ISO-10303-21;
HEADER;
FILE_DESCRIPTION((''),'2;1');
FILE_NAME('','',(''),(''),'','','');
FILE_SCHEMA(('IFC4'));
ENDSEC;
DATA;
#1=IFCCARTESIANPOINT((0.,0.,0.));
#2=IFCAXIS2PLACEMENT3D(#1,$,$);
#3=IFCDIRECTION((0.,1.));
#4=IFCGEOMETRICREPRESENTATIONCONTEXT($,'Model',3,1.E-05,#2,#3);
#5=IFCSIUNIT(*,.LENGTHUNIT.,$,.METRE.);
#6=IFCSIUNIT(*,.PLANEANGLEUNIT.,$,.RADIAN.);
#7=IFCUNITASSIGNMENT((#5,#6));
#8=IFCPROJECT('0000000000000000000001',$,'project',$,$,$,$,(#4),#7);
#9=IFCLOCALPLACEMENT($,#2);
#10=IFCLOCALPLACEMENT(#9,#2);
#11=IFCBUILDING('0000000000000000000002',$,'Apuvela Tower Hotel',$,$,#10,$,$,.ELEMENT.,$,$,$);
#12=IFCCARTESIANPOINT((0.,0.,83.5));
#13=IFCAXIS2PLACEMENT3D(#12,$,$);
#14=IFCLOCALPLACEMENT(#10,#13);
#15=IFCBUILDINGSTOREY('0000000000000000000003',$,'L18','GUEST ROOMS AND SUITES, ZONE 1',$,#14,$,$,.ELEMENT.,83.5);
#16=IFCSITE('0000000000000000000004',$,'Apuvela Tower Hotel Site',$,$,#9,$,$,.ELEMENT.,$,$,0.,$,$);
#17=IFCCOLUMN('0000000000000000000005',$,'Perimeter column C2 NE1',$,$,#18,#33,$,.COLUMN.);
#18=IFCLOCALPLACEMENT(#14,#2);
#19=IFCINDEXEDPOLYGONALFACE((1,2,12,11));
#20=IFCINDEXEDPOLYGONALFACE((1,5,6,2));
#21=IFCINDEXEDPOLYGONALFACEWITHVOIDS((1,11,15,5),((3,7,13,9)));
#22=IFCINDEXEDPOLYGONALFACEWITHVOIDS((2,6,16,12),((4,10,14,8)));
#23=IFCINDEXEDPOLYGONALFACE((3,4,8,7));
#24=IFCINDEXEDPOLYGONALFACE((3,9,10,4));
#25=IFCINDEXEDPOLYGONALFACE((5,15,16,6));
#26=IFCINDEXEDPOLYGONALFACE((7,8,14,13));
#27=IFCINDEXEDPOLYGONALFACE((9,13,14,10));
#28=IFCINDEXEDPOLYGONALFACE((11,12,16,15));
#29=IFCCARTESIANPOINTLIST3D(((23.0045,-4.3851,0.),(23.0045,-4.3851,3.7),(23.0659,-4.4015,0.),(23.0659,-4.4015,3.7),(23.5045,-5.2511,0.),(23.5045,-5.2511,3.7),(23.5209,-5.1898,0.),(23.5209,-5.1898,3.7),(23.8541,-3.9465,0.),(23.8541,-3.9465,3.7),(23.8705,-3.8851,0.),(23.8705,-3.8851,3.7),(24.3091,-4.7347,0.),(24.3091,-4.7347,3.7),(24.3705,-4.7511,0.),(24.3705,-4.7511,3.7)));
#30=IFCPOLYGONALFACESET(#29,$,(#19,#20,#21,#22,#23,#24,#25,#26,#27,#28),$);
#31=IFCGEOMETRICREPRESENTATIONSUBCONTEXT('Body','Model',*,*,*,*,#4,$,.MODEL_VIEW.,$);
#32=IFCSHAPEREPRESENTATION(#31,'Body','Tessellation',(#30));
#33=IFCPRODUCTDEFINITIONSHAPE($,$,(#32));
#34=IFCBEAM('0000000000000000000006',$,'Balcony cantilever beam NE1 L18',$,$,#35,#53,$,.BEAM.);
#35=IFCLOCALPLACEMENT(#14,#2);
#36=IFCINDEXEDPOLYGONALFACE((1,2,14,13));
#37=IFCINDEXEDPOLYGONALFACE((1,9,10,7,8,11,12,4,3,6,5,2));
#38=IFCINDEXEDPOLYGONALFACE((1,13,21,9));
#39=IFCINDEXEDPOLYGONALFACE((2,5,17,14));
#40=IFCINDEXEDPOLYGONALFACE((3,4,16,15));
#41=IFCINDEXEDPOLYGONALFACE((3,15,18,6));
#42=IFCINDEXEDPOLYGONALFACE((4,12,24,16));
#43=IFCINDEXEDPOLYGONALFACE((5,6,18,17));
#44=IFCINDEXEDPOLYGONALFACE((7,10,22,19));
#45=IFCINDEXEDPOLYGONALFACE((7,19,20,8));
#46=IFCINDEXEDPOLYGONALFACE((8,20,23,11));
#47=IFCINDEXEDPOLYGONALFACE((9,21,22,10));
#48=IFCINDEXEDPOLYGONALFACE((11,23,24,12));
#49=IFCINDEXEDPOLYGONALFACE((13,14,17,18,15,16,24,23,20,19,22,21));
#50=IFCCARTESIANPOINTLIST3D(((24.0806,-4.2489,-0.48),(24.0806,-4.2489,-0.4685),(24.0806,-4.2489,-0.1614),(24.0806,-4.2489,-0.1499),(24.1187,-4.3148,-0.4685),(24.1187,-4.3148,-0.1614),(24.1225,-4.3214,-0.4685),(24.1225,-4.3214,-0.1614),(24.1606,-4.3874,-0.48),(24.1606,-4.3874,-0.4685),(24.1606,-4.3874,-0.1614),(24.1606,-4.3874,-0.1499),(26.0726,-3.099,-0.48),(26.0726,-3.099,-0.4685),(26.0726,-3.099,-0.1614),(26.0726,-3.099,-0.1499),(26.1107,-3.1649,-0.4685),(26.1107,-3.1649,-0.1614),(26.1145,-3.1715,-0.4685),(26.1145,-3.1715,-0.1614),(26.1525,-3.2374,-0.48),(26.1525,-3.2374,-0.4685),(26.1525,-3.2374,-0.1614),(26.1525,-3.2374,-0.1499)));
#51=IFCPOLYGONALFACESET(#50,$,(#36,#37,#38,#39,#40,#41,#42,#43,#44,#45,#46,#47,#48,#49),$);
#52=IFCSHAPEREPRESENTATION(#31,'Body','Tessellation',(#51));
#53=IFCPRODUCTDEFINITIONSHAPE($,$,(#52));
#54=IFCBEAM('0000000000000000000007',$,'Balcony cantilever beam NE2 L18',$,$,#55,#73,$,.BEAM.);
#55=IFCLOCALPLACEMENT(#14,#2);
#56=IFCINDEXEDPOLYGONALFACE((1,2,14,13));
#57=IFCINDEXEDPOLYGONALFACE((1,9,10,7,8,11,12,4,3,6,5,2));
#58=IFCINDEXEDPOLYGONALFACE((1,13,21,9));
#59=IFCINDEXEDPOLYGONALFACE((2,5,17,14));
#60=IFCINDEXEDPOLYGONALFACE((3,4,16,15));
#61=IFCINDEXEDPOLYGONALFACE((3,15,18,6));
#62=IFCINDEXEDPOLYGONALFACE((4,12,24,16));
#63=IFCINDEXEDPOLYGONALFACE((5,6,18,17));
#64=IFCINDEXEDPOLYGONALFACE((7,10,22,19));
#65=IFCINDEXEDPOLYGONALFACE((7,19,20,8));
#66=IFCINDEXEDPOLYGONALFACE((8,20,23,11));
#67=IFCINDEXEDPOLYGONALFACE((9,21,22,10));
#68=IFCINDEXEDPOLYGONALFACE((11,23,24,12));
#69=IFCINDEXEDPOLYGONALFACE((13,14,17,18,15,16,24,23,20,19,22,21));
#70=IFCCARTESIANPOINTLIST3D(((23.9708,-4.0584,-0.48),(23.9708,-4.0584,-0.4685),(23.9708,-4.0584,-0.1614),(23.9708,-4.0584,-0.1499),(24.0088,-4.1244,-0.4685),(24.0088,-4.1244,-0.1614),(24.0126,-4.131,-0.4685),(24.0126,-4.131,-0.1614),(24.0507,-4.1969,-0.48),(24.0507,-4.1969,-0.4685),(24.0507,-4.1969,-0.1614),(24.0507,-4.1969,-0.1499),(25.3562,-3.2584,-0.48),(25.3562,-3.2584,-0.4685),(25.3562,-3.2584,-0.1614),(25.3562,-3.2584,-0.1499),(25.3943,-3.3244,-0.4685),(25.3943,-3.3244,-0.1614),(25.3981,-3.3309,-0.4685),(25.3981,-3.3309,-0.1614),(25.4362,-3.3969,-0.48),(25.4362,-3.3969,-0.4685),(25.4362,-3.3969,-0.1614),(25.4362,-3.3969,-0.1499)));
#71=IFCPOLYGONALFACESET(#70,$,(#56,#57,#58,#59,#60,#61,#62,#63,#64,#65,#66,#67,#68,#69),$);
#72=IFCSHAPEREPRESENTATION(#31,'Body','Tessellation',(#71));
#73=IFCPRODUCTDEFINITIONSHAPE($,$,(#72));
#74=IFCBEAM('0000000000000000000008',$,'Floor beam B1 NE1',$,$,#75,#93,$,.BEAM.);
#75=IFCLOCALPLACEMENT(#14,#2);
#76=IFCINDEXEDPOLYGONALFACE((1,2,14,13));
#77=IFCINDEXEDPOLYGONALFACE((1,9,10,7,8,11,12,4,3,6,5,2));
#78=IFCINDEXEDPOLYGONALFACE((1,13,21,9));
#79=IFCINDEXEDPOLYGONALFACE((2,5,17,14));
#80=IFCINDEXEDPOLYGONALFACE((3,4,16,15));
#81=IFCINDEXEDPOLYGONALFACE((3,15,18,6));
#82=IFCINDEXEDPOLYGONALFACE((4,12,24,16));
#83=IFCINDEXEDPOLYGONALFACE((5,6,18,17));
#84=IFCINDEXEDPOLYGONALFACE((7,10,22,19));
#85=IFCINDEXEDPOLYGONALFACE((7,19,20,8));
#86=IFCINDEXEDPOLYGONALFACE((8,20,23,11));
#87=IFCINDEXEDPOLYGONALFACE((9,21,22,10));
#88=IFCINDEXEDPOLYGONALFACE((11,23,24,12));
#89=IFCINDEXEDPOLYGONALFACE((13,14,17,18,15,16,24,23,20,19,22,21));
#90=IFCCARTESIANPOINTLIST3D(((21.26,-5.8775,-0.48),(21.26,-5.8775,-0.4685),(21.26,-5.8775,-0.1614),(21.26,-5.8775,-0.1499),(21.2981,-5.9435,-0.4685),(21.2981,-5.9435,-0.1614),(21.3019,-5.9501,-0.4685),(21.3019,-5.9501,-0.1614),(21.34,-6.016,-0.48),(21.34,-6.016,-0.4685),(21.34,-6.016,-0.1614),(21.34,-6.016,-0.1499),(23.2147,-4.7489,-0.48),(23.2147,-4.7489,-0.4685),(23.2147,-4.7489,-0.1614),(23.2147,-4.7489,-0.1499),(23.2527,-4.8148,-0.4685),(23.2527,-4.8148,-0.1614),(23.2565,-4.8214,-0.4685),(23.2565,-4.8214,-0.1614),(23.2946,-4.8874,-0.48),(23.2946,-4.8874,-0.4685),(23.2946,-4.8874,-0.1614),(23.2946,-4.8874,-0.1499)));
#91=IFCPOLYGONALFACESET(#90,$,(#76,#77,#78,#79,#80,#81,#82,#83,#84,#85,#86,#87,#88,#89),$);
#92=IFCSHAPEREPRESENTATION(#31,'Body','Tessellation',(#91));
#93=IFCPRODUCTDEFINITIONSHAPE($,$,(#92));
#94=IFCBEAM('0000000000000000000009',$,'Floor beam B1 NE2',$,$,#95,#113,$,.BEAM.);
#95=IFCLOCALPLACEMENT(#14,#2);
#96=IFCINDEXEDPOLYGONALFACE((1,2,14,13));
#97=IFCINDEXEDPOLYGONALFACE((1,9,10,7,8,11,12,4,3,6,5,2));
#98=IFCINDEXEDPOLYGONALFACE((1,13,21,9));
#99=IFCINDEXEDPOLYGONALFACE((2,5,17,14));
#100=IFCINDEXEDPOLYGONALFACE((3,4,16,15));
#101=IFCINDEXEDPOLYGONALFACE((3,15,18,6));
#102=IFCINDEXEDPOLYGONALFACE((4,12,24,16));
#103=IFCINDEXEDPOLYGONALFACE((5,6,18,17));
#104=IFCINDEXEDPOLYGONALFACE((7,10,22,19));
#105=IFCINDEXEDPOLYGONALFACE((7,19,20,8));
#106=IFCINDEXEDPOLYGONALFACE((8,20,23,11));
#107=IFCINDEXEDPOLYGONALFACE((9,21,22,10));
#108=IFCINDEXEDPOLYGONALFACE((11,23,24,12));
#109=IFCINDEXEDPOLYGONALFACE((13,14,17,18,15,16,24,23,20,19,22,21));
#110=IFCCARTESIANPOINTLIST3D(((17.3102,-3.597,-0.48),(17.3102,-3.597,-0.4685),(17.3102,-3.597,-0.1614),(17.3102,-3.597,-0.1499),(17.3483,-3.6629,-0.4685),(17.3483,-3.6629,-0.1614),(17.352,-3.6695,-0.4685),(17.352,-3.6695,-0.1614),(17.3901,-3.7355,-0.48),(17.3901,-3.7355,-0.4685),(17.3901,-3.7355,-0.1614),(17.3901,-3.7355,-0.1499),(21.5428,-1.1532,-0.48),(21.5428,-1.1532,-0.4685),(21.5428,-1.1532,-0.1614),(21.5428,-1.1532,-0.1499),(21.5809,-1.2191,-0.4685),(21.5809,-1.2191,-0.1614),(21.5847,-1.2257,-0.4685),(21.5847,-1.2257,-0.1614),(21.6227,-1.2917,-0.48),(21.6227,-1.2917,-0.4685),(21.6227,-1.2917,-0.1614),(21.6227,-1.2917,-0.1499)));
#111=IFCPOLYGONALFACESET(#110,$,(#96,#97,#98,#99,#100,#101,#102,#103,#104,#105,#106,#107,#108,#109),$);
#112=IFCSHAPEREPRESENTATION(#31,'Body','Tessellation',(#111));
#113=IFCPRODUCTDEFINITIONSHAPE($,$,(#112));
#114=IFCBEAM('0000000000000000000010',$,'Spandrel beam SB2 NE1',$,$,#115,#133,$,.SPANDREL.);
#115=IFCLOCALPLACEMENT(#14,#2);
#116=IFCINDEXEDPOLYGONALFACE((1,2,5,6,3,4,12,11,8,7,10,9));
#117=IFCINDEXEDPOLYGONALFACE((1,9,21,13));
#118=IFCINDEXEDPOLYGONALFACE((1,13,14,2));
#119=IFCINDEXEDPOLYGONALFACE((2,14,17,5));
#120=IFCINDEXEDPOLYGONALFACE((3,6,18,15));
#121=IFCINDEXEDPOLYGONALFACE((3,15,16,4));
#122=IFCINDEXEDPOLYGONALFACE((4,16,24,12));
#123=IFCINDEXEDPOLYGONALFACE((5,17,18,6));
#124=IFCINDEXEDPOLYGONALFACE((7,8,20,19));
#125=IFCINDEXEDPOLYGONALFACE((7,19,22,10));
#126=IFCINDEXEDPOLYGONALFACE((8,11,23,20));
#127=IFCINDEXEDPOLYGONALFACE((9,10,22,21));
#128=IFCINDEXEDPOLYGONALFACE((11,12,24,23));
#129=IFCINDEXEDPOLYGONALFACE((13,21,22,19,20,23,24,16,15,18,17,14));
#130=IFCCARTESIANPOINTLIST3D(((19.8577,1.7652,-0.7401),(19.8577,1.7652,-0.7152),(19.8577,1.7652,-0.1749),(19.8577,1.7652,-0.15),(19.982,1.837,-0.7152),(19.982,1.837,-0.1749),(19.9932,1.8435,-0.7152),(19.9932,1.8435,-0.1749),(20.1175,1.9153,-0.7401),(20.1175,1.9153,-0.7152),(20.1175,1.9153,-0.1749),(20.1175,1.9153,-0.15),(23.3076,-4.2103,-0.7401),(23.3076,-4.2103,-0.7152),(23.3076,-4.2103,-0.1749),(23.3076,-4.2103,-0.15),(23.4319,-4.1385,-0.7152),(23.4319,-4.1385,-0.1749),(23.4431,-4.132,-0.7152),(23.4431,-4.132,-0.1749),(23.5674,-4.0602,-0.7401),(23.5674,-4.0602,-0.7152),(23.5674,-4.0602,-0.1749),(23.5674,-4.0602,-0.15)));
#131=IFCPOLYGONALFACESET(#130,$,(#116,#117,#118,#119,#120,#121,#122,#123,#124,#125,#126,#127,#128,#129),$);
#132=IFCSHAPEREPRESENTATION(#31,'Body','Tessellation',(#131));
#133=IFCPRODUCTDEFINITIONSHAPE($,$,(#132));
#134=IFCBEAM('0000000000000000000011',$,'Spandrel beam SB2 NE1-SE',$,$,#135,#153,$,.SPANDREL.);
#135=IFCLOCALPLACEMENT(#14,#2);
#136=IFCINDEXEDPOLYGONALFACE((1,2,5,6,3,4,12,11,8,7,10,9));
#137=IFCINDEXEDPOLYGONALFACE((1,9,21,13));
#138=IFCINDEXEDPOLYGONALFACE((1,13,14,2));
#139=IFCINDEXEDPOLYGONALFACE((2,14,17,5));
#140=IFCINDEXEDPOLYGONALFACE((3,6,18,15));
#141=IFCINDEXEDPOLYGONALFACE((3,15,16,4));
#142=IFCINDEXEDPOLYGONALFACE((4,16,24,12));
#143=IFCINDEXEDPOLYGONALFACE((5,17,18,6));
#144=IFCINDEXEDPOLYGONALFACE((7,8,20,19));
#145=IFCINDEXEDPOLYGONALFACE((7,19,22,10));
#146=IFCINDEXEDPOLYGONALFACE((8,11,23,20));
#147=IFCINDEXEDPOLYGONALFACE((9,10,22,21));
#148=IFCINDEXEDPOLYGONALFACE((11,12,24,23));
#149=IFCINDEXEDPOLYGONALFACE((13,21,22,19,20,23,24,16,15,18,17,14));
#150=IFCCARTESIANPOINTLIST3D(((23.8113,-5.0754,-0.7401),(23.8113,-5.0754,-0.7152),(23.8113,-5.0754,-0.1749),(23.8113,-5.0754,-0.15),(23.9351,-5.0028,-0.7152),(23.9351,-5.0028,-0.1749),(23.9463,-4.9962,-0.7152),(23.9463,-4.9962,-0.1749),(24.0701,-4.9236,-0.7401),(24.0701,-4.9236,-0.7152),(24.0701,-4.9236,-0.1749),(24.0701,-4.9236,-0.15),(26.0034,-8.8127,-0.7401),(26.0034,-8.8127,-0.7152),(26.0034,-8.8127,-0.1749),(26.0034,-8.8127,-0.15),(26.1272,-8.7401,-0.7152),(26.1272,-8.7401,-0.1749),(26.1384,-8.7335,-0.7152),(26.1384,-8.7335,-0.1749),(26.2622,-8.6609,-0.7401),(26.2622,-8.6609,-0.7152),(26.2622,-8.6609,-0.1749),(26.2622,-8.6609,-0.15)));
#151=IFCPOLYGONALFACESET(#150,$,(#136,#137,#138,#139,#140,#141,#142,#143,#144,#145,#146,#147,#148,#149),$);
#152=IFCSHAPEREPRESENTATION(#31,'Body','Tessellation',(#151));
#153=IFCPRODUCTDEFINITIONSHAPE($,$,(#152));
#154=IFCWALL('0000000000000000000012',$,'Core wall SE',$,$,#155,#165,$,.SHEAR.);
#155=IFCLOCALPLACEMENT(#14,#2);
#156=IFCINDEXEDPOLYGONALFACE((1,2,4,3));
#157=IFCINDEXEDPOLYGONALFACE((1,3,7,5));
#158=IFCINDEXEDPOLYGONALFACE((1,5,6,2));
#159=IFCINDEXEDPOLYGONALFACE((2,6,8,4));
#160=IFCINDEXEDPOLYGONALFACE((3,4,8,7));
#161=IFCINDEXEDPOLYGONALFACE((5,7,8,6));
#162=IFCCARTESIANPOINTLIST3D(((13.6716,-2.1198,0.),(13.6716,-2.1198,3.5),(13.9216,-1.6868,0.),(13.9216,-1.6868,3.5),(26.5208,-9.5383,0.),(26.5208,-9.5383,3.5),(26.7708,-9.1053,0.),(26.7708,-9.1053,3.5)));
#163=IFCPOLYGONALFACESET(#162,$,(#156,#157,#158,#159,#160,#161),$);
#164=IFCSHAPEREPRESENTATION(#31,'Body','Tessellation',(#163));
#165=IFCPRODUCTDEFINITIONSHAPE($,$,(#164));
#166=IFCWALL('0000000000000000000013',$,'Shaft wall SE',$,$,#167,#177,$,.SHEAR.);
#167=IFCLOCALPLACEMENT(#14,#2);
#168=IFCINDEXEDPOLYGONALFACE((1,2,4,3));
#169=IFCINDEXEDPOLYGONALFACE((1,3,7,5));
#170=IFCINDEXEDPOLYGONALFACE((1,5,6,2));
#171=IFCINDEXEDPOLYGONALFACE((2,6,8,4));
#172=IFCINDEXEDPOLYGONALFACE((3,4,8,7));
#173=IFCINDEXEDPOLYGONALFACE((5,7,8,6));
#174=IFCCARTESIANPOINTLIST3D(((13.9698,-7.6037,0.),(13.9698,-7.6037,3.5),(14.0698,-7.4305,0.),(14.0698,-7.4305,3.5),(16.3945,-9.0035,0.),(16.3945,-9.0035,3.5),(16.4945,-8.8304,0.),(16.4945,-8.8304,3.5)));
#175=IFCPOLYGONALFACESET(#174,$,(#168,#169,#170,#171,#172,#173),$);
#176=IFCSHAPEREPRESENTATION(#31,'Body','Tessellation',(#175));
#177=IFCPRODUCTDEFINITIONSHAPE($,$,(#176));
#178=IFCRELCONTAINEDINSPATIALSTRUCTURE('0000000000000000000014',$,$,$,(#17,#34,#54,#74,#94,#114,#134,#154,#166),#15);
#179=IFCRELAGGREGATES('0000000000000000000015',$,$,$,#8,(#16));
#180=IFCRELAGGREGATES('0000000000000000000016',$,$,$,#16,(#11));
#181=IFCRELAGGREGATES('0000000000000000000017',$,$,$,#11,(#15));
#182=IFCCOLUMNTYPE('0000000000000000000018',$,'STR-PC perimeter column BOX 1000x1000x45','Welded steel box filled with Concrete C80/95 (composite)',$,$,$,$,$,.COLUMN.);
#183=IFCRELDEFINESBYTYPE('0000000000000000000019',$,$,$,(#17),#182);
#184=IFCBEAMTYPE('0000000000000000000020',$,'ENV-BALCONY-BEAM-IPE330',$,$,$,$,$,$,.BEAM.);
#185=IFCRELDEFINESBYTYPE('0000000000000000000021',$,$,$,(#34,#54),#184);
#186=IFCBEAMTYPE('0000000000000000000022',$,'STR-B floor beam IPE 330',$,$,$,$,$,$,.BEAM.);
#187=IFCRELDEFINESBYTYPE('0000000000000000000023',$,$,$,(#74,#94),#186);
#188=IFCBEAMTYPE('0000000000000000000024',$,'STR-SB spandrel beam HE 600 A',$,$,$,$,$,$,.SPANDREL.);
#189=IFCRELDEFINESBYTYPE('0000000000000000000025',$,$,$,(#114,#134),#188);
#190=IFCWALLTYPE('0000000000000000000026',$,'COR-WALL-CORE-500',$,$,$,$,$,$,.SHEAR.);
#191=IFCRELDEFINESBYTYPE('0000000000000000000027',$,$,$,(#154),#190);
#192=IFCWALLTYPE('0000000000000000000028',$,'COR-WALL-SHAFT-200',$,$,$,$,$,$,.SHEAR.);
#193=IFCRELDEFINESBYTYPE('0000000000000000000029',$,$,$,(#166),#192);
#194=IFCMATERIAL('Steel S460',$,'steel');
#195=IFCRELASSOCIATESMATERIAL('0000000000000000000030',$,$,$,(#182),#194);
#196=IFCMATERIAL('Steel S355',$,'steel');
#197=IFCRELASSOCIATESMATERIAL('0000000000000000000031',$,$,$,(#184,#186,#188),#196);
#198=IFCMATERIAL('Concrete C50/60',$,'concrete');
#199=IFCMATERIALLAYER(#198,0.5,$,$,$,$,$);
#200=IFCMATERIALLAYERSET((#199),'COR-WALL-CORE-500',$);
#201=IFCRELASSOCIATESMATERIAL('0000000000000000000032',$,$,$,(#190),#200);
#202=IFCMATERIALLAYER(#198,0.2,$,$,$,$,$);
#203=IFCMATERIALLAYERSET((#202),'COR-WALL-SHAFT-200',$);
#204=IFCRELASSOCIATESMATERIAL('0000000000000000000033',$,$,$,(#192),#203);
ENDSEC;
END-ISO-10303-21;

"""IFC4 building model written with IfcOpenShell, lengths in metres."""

from ifc_helpers import new_model, si_unit, direction, frame, frame_2d, origin, origin_2d, place, context, subcontext, project, spatial, rectangle, hollow_rectangle, i_section, extrude, material, layer, layer_set, material_profile, profile_set, type_object, element, save


model = new_model("IFC4")

# Units and contexts
model_context = context("Model", 3, precision=1e-05, world=origin(), true_north=direction((0.0, 1.0)))
body_context = subcontext(model_context, "Body", "Model", "MODEL_VIEW")
ifc_project = project(units=[si_unit("LENGTHUNIT", "METRE"), si_unit("PLANEANGLEUNIT", "RADIAN")], contexts=[model_context])

# Site, building, storey
site_placement = place(None, origin())
site = spatial("IfcSite", under=ifc_project, at=site_placement, Name="Apuvela Tower Hotel Site", CompositionType="ELEMENT", RefElevation=0.0)
building_placement = place(site_placement, origin())
building = spatial("IfcBuilding", under=site, at=building_placement, Name="Apuvela Tower Hotel", CompositionType="ELEMENT")
storey_placement = place(building_placement, frame((0.0, 0.0, 83.5)))
storey = spatial("IfcBuildingStorey", under=building, at=storey_placement, Name="L18", Description="GUEST ROOMS AND SUITES, ZONE 1", CompositionType="ELEMENT", Elevation=83.5)

# Column
ifc_material_1 = material(Name="Steel S460", Category="steel")
ifc_material_profile_1 = material_profile(ifc_material_1, hollow_rectangle(XDim=1.0, YDim=1.0, WallThickness=0.0449, at=origin_2d()), Name="BOX 1000x1000x45")
ifc_material_2 = material(Name="Concrete C80/95", Category="concrete")
ifc_material_profile_2 = material_profile(ifc_material_2, rectangle(XDim=0.9099, YDim=0.9099, at=origin_2d()), Name="Concrete C80/95 infill")
ifc_profile_set_1 = profile_set([ifc_material_profile_1, ifc_material_profile_2], Name="Steel S460")
column_type = type_object("IfcColumnType", Name="STR-PC perimeter column BOX 1000x1000x45", Description="Welded steel box filled with Concrete C80/95 (composite)", PredefinedType="COLUMN", material=ifc_profile_set_1)
column_placement = place(storey_placement, frame((23.6875, -4.5681, 0.0), z_axis=(0.0, 0.0, 1.0), x_axis=(-0.5, 0.866025, 0.0)))
element("IfcColumn", 1, at=column_placement, inside=storey, type_object=column_type, Name="Perimeter column C2 NE1", PredefinedType="COLUMN", context=body_context, shape_type="SweptSolid", body=[
    extrude(hollow_rectangle(XDim=1.0, YDim=1.0, WallThickness=0.0449, at=origin_2d()), origin(), (0.0, 0.0, 1.0), 3.7),
])

# Beams
ifc_material_3 = material(Name="Steel S355", Category="steel")
ifc_material_profile_3 = material_profile(ifc_material_3, i_section(OverallWidth=0.1599, OverallDepth=0.3301, WebThickness=0.0076, FlangeThickness=0.0115, at=origin_2d()), Name="IPE 330")
ifc_profile_set_2 = profile_set([ifc_material_profile_3], Name="Steel S355")
beam_type_1 = type_object("IfcBeamType", Name="ENV-BALCONY-BEAM-IPE330", PredefinedType="BEAM", material=ifc_profile_set_2)
beam_1_placement = place(storey_placement, frame((24.1206, -4.3181, -0.3149), z_axis=(0.866053, 0.499952, 0.0), x_axis=(-0.499952, 0.866053, 0.0)))
element("IfcBeam", 2, at=beam_1_placement, inside=storey, type_object=beam_type_1, Name="Balcony cantilever beam NE1 L18", PredefinedType="BEAM", context=body_context, shape_type="SweptSolid", body=[
    extrude(i_section(OverallWidth=0.1599, OverallDepth=0.3301, WebThickness=0.0076, FlangeThickness=0.0115, at=origin_2d()), origin(), (0.0, 0.0, 1.0), 2.3),
])
beam_2_placement = place(storey_placement, frame((24.0107, -4.1277, -0.3149), z_axis=(0.86599, 0.500061, 0.0), x_axis=(-0.500061, 0.86599, 0.0)))
element("IfcBeam", 3, at=beam_2_placement, inside=storey, type_object=beam_type_1, Name="Balcony cantilever beam NE2 L18", PredefinedType="BEAM", context=body_context, shape_type="SweptSolid", body=[
    extrude(i_section(OverallWidth=0.1599, OverallDepth=0.3301, WebThickness=0.0076, FlangeThickness=0.0115, at=origin_2d()), origin(), (0.0, 0.0, 1.0), 1.5999),
])
ifc_material_profile_4 = material_profile(ifc_material_3, i_section(OverallWidth=0.1599, OverallDepth=0.3301, WebThickness=0.0076, FlangeThickness=0.0115, at=origin_2d()), Name="IPE 330")
ifc_profile_set_3 = profile_set([ifc_material_profile_4], Name="Steel S355")
beam_type_2 = type_object("IfcBeamType", Name="STR-B floor beam IPE 330", PredefinedType="BEAM", material=ifc_profile_set_3)
beam_3_placement = place(storey_placement, frame((23.2546, -4.8181, -0.3149), z_axis=(-0.865991, -0.50006, 0.0), x_axis=(0.50006, -0.865991, 0.0)))
element("IfcBeam", 4, at=beam_3_placement, inside=storey, type_object=beam_type_2, Name="Floor beam B1 NE1", PredefinedType="BEAM", context=body_context, shape_type="SweptSolid", body=[
    extrude(i_section(OverallWidth=0.1599, OverallDepth=0.3301, WebThickness=0.0076, FlangeThickness=0.0115, at=origin_2d()), origin(), (0.0, 0.0, 1.0), 2.2571),
])
beam_4_placement = place(storey_placement, frame((21.5828, -1.2224, -0.3149), z_axis=(-0.866015, -0.500018, 0.0), x_axis=(0.500018, -0.866015, 0.0)))
element("IfcBeam", 5, at=beam_4_placement, inside=storey, type_object=beam_type_2, Name="Floor beam B1 NE2", PredefinedType="BEAM", context=body_context, shape_type="SweptSolid", body=[
    extrude(i_section(OverallWidth=0.1599, OverallDepth=0.3301, WebThickness=0.0076, FlangeThickness=0.0115, at=origin_2d()), origin(), (0.0, 0.0, 1.0), 4.8875),
])
ifc_material_profile_5 = material_profile(ifc_material_3, i_section(OverallWidth=0.3, OverallDepth=0.5901, WebThickness=0.0129, FlangeThickness=0.0249, at=origin_2d()), Name="HE 600 A")
ifc_profile_set_4 = profile_set([ifc_material_profile_5], Name="Steel S355")
beam_type_3 = type_object("IfcBeamType", Name="STR-SB spandrel beam HE 600 A", PredefinedType="SPANDREL", material=ifc_profile_set_4)
beam_5_placement = place(storey_placement, frame((23.4375, -4.1353, -0.4451), z_axis=(-0.499994, 0.866029, 0.0), x_axis=(-0.866029, -0.499994, 0.0)))
element("IfcBeam", 6, at=beam_5_placement, inside=storey, type_object=beam_type_3, Name="Spandrel beam SB2 NE1", PredefinedType="SPANDREL", context=body_context, shape_type="SweptSolid", body=[
    extrude(i_section(OverallWidth=0.3, OverallDepth=0.5901, WebThickness=0.0129, FlangeThickness=0.0249, at=origin_2d()), origin(), (0.0, 0.0, 1.0), 6.8999),
])
beam_6_placement = place(storey_placement, frame((23.9407, -4.9995, -0.4451), z_axis=(0.505944, -0.862567, 0.0), x_axis=(0.862567, 0.505944, 0.0)))
element("IfcBeam", 7, at=beam_6_placement, inside=storey, type_object=beam_type_3, Name="Spandrel beam SB2 NE1-SE", PredefinedType="SPANDREL", context=body_context, shape_type="SweptSolid", body=[
    extrude(i_section(OverallWidth=0.3, OverallDepth=0.5901, WebThickness=0.0129, FlangeThickness=0.0249, at=origin_2d()), origin(), (0.0, 0.0, 1.0), 4.3328),
])

# Walls
ifc_material_4 = material(Name="Concrete C50/60", Category="concrete")
ifc_layer_1 = layer(ifc_material_4, 0.5)
ifc_layer_set_1 = layer_set([ifc_layer_1], Name="COR-WALL-CORE-500")
wall_type_1 = type_object("IfcWallType", Name="COR-WALL-CORE-500", PredefinedType="SHEAR", material=ifc_layer_set_1)
wall_1_placement = place(storey_placement, frame((13.7966, -1.9033, 0.0), z_axis=(0.0, 0.0, 1.0), x_axis=(0.866025, -0.500001, 0.0)))
element("IfcWall", 8, at=wall_1_placement, inside=storey, type_object=wall_type_1, Name="Core wall SE", PredefinedType="SHEAR", context=body_context, shape_type="SweptSolid", body=[
    extrude(rectangle(XDim=14.8369, YDim=0.5, at=frame_2d((7.4185, 0.0))), origin(), (0.0, 0.0, 1.0), 3.5),
])
ifc_layer_2 = layer(ifc_material_4, 0.2)
ifc_layer_set_2 = layer_set([ifc_layer_2], Name="COR-WALL-SHAFT-200")
wall_type_2 = type_object("IfcWallType", Name="COR-WALL-SHAFT-200", PredefinedType="SHEAR", material=ifc_layer_set_2)
wall_2_placement = place(storey_placement, frame((14.0198, -7.5171, 0.0), z_axis=(0.0, 0.0, 1.0), x_axis=(0.866035, -0.499984, 0.0)))
element("IfcWall", 9, at=wall_2_placement, inside=storey, type_object=wall_type_2, Name="Shaft wall SE", PredefinedType="SHEAR", context=body_context, shape_type="SweptSolid", body=[
    extrude(rectangle(XDim=2.7998, YDim=0.2, at=frame_2d((1.3999, 0.0))), origin(), (0.0, 0.0, 1.0), 3.5),
])

save(model, "model.ifc")
